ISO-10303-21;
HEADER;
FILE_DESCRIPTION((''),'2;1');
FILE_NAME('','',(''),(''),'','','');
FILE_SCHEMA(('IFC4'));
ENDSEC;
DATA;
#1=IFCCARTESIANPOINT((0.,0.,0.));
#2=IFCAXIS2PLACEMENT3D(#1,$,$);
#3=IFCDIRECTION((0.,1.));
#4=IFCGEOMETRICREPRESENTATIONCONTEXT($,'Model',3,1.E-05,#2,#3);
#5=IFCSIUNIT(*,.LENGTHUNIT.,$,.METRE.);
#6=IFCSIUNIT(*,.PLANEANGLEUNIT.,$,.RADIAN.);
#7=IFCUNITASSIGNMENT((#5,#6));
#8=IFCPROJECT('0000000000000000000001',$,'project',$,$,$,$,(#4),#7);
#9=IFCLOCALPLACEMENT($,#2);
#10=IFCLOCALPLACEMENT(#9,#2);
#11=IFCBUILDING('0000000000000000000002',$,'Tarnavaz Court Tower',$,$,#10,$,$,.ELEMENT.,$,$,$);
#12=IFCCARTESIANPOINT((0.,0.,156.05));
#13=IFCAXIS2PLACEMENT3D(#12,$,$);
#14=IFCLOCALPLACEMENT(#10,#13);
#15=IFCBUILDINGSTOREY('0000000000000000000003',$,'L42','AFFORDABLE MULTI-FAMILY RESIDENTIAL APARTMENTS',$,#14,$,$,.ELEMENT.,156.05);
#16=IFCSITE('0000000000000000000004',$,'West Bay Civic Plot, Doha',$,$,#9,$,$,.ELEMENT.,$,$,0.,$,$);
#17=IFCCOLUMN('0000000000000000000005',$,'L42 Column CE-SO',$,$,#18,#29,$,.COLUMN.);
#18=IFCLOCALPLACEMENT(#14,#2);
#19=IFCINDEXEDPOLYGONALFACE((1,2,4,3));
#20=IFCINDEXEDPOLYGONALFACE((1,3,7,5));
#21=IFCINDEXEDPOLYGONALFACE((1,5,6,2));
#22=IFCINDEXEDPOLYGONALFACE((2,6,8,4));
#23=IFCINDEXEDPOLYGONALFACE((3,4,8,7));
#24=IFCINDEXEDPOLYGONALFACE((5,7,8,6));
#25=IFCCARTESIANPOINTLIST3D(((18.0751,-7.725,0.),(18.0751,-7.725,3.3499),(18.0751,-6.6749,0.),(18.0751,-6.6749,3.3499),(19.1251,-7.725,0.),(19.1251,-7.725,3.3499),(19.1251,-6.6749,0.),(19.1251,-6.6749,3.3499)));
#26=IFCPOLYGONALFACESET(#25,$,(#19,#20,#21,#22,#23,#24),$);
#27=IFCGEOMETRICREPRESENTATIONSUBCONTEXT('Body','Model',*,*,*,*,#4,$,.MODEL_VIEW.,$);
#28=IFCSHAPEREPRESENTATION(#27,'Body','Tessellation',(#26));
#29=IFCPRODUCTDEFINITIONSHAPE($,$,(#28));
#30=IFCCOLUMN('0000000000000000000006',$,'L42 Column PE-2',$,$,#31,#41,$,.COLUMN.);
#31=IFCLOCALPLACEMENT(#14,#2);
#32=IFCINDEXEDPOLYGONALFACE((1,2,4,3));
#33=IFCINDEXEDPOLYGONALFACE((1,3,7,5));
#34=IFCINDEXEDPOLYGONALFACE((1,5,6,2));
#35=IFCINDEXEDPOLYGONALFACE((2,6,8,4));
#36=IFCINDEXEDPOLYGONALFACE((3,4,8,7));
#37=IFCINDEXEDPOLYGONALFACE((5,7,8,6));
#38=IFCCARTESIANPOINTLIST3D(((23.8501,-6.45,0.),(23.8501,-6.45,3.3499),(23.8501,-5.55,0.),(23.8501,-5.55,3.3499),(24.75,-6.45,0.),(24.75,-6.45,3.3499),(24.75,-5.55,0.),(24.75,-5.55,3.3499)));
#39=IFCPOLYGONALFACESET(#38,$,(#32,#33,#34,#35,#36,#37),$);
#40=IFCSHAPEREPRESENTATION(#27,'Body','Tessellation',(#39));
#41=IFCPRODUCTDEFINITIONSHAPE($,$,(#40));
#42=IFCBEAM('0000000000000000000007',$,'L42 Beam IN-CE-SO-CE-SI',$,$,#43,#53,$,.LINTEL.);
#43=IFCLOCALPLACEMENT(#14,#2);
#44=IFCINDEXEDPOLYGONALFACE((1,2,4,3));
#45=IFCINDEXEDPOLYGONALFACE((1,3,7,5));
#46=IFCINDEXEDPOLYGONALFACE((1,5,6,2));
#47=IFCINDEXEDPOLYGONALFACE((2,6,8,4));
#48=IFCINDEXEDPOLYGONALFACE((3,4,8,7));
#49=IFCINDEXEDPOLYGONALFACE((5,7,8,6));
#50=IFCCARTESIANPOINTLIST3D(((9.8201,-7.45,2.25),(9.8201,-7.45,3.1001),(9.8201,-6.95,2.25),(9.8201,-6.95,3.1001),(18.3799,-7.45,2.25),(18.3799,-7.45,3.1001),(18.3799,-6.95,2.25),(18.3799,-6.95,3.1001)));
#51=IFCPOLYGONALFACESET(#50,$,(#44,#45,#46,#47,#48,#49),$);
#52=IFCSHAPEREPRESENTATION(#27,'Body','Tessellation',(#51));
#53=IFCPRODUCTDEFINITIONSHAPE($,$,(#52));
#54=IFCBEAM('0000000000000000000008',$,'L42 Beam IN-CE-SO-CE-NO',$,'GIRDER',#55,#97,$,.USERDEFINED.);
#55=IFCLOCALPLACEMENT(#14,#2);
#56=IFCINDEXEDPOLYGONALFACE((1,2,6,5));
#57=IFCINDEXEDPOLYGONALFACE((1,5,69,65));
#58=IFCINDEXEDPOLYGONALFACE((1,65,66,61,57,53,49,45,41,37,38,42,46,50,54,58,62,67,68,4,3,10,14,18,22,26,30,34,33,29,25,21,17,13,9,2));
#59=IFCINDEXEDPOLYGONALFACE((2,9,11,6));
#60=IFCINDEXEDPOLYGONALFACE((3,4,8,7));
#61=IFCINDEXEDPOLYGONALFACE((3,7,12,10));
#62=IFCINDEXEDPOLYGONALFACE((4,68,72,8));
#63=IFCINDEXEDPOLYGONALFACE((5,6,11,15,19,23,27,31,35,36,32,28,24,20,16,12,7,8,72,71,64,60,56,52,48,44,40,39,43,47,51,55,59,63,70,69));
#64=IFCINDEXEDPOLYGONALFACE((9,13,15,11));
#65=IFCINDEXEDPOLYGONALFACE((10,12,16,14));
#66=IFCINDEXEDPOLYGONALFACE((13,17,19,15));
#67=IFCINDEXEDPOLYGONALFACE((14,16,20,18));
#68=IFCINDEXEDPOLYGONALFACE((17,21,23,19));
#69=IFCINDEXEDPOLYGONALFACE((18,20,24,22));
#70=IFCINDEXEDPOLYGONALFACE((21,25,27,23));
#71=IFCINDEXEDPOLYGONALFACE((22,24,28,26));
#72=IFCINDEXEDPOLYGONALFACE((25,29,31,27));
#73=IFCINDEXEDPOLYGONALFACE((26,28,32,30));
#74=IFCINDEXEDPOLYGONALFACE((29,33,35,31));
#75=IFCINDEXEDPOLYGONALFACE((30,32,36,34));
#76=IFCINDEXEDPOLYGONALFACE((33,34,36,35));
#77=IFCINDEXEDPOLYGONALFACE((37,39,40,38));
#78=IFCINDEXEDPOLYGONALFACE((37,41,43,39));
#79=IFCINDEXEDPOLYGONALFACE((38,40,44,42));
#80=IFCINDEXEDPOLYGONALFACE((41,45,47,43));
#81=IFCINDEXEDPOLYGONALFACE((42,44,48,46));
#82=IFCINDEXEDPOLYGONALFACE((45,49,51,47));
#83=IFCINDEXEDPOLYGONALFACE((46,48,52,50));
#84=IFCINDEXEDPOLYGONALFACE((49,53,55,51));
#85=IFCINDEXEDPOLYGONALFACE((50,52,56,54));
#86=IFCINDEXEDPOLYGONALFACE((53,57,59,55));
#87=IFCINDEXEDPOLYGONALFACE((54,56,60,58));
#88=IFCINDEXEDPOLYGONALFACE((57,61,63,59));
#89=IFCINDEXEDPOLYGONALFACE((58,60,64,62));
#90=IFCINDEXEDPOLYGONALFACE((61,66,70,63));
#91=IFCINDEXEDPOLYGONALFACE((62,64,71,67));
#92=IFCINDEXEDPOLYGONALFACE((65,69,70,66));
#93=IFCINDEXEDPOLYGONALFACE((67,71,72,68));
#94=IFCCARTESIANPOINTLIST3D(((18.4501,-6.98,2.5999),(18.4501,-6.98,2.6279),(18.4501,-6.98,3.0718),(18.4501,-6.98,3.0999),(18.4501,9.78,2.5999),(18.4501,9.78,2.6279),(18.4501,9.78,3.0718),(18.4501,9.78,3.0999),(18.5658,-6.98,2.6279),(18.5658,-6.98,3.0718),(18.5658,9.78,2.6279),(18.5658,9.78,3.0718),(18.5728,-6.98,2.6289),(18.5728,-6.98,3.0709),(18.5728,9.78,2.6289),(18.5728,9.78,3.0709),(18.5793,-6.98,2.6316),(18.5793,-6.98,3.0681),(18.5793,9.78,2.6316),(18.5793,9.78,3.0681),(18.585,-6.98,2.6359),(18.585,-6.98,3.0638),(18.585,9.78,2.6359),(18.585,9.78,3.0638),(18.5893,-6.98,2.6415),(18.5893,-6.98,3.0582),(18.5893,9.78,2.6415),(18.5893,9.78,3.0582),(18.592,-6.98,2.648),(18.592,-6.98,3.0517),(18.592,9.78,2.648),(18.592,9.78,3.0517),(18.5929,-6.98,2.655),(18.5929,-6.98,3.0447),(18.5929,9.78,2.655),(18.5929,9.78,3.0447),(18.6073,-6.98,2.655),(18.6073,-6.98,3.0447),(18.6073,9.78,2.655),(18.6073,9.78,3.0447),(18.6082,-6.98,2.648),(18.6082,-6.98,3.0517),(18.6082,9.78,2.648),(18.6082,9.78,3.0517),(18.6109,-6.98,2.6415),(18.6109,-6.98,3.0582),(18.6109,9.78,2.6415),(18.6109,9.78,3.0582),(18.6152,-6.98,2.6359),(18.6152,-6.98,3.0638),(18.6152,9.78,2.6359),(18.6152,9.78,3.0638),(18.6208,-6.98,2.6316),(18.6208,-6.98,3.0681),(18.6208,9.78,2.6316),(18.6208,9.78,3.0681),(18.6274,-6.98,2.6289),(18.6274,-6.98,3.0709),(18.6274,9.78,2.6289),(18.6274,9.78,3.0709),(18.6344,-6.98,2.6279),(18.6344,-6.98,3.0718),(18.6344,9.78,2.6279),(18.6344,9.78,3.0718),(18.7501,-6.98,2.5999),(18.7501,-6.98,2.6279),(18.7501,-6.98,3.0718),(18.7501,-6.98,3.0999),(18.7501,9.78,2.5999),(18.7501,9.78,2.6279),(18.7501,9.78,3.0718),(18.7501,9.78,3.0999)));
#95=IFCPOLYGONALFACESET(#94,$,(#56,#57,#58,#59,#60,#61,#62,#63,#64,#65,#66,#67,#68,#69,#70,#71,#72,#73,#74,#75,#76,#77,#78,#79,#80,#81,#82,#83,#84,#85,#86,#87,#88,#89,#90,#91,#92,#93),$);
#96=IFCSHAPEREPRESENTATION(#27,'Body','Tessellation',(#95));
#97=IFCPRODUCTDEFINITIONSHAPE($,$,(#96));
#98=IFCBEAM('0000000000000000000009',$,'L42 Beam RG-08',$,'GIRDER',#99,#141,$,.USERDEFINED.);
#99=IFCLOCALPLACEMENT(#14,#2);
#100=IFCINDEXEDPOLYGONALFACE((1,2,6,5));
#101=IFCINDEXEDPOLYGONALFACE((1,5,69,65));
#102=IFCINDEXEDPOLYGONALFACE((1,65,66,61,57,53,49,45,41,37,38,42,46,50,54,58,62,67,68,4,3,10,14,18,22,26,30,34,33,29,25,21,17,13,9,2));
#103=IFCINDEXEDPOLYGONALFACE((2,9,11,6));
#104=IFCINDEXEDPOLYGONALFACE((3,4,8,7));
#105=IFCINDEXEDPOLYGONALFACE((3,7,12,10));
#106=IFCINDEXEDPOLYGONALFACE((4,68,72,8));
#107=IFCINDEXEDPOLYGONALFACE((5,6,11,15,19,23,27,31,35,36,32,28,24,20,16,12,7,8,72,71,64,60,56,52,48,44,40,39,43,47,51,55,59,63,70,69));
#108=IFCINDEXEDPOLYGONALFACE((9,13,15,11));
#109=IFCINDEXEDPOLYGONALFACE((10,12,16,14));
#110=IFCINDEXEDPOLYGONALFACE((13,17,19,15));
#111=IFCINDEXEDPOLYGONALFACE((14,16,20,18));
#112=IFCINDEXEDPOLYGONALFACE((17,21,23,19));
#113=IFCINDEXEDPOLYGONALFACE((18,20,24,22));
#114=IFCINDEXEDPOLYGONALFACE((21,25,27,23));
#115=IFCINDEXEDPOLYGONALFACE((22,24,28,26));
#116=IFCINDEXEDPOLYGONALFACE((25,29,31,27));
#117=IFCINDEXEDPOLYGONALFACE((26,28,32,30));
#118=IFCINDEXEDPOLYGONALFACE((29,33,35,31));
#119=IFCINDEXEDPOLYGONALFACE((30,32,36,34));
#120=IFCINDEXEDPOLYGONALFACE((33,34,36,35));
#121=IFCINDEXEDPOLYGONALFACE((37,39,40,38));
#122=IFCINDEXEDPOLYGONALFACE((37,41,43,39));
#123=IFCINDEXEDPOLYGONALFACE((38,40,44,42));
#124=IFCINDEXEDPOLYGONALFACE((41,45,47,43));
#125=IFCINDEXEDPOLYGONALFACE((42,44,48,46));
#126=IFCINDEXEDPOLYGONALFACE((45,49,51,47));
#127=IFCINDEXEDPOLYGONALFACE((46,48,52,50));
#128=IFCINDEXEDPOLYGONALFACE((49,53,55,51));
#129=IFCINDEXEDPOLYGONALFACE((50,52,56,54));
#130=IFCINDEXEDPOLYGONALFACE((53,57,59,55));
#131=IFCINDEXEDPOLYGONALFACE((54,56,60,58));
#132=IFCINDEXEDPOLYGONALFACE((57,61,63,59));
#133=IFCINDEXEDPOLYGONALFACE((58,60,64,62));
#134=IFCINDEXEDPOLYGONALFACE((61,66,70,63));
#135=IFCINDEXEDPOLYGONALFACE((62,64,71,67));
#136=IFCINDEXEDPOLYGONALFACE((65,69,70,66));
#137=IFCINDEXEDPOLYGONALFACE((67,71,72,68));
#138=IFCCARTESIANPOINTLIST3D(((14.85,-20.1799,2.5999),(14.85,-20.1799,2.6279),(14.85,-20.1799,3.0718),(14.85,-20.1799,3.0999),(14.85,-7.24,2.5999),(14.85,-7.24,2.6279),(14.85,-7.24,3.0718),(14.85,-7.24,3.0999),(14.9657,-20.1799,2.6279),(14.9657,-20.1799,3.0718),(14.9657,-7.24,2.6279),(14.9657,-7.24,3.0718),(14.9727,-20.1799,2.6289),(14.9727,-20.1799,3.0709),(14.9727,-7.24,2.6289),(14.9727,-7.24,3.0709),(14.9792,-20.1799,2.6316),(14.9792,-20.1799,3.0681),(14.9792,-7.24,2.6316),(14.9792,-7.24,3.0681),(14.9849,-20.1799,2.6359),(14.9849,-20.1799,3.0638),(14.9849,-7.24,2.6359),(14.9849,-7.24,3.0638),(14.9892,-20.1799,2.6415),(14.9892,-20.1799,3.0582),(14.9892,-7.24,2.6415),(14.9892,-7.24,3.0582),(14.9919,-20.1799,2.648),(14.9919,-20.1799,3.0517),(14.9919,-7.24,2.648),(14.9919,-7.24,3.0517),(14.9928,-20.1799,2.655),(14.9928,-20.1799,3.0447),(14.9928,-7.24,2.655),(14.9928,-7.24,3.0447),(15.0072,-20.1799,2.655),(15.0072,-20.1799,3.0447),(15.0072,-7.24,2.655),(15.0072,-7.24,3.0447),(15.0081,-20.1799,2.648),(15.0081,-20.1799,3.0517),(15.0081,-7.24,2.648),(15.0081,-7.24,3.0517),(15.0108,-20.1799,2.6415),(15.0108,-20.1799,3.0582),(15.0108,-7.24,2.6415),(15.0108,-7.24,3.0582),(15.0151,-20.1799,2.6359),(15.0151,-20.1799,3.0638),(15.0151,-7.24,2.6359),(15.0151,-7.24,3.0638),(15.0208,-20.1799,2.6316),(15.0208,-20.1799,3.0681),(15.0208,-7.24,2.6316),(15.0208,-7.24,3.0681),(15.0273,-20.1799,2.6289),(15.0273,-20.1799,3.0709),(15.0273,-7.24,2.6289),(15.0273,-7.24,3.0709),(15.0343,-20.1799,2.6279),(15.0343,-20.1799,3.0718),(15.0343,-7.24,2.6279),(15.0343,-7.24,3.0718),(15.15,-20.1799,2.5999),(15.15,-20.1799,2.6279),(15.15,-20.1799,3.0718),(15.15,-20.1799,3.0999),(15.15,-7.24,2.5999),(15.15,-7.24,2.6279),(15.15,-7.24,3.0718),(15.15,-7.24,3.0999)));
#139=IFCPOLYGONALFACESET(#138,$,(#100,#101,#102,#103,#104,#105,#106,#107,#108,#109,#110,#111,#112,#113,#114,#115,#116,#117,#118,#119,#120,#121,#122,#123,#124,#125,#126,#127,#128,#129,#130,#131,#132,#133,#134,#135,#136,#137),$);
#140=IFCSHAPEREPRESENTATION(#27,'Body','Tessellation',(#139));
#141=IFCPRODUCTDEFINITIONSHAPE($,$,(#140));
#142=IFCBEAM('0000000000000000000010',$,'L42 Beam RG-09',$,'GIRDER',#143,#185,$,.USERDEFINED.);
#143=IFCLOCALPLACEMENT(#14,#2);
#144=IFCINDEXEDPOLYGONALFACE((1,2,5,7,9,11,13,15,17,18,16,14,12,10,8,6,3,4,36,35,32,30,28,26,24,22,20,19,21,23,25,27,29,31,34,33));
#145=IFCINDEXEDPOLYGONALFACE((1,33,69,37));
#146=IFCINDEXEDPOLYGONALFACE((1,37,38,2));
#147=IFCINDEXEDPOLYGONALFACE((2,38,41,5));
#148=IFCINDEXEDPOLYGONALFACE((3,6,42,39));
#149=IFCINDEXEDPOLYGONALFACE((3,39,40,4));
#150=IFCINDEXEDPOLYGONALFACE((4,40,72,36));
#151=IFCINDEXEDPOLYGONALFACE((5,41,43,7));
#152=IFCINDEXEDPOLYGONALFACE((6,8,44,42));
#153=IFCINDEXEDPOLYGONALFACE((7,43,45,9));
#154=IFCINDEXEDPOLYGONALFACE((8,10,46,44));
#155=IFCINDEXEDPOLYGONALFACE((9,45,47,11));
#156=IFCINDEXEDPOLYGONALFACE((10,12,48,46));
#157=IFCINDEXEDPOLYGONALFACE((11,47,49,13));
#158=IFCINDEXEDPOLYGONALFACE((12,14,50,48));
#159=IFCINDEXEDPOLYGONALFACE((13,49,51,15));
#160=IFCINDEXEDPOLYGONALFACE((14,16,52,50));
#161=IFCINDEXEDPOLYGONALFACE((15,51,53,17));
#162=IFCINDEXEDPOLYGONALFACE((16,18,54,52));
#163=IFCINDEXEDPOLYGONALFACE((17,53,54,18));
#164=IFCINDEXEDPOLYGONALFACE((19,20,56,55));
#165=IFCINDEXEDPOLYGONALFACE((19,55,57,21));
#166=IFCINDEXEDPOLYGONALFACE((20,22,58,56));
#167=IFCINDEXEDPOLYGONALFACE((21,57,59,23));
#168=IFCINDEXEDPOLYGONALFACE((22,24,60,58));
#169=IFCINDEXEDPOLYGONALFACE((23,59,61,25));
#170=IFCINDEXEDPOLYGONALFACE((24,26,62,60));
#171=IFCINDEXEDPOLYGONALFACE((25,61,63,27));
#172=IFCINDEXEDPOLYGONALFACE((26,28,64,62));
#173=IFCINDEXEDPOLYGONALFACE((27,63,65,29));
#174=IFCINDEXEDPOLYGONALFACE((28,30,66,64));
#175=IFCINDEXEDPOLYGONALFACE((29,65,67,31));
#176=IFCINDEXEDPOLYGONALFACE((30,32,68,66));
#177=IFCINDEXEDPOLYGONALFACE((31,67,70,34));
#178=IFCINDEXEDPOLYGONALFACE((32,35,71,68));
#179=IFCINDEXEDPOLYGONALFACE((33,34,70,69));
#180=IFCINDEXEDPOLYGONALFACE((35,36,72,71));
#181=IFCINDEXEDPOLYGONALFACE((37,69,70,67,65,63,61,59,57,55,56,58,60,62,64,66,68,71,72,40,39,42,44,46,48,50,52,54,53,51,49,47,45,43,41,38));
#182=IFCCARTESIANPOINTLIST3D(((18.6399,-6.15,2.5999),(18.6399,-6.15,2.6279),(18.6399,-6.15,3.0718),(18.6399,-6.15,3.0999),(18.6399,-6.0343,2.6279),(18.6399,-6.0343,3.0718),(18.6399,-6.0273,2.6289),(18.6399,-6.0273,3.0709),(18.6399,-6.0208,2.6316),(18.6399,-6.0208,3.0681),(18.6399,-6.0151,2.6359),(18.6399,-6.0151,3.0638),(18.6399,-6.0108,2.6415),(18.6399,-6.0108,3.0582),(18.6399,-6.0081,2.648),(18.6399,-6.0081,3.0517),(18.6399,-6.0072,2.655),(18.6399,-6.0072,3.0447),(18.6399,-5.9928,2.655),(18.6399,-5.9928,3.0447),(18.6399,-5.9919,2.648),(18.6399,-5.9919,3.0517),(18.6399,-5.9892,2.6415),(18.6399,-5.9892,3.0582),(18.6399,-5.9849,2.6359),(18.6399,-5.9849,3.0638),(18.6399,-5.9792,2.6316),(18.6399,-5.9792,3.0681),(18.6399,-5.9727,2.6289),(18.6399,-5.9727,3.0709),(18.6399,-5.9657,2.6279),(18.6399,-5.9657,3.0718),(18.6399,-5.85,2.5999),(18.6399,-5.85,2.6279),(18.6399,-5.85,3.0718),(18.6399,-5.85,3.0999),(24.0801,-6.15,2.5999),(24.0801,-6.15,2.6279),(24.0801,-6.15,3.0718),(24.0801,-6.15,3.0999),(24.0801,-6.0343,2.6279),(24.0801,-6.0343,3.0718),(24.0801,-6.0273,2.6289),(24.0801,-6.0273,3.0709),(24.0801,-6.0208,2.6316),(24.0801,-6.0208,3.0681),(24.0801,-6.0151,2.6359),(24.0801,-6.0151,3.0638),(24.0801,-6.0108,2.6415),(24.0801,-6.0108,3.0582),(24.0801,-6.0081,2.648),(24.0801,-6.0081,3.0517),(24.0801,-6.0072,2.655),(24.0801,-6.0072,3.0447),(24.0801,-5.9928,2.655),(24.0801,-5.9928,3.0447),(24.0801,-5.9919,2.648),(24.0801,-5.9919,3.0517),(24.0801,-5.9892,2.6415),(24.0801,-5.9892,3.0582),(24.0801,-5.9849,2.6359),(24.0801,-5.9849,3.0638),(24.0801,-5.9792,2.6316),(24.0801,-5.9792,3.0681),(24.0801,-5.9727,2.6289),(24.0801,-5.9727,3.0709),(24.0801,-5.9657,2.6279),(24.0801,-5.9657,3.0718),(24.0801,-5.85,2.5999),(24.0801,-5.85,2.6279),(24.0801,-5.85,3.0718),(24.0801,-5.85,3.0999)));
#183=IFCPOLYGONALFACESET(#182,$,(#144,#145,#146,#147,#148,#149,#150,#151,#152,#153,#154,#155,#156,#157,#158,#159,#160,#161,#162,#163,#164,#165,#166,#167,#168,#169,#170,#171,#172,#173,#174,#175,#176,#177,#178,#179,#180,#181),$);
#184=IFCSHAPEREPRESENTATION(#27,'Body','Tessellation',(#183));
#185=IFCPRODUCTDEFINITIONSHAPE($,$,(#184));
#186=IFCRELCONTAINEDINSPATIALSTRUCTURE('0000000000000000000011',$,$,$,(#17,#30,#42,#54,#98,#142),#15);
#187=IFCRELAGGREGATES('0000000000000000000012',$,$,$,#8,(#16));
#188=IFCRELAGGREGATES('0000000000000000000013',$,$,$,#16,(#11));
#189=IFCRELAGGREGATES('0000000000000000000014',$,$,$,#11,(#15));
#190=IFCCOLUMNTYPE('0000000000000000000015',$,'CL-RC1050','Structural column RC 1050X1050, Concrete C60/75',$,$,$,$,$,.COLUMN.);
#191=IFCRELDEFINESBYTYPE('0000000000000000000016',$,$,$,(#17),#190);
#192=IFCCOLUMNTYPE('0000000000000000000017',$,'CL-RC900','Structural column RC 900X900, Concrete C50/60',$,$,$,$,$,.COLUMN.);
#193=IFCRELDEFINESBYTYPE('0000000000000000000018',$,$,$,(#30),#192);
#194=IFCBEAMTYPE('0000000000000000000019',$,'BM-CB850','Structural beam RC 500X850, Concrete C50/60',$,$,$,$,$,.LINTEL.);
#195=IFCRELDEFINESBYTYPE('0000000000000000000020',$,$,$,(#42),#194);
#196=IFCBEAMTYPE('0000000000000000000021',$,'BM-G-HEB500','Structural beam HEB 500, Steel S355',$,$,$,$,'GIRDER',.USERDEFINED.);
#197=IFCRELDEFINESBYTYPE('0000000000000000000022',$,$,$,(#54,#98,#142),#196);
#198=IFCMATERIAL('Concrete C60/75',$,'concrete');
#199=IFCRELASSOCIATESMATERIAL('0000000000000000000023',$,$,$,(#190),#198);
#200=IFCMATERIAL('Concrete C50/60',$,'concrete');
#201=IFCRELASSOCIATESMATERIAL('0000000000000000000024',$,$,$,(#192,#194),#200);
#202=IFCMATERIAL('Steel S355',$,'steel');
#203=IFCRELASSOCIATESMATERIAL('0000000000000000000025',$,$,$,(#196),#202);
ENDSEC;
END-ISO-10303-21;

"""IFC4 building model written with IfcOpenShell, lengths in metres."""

from ifc_helpers import new_model, si_unit, direction, frame, origin, origin_2d, place, context, subcontext, project, spatial, rectangle, i_section, extrude, material, material_profile, profile_set, type_object, element, save


model = new_model("IFC4")

# Units and contexts
model_context = context("Model", 3, precision=1e-05, world=origin(), true_north=direction((0.0, 1.0)))
body_context = subcontext(model_context, "Body", "Model", "MODEL_VIEW")
ifc_project = project(units=[si_unit("LENGTHUNIT", "METRE"), si_unit("PLANEANGLEUNIT", "RADIAN")], contexts=[model_context])

# Site, building, storey
site_placement = place(None, origin())
site = spatial("IfcSite", under=ifc_project, at=site_placement, Name="West Bay Civic Plot, Doha", CompositionType="ELEMENT", RefElevation=0.0)
building_placement = place(site_placement, origin())
building = spatial("IfcBuilding", under=site, at=building_placement, Name="Tarnavaz Court Tower", CompositionType="ELEMENT")
storey_placement = place(building_placement, frame((0.0, 0.0, 156.05)))
storey = spatial("IfcBuildingStorey", under=building, at=storey_placement, Name="L42", Description="AFFORDABLE MULTI-FAMILY RESIDENTIAL APARTMENTS", CompositionType="ELEMENT", Elevation=156.05)

# Columns
ifc_material_1 = material(Name="Concrete C60/75", Category="concrete")
ifc_material_profile_1 = material_profile(ifc_material_1, rectangle(XDim=1.05, YDim=1.05, at=origin_2d()), Name="RC 1050X1050")
ifc_profile_set_1 = profile_set([ifc_material_profile_1], Name="Concrete C60/75")
column_type_1 = type_object("IfcColumnType", Name="CL-RC1050", Description="Structural column RC 1050X1050, Concrete C60/75", PredefinedType="COLUMN", material=ifc_profile_set_1)
column_1_placement = place(storey_placement, frame((18.6001, -7.2, 0.0), z_axis=(0.0, 0.0, 1.0), x_axis=(1.0, 0.0, 0.0)))
element("IfcColumn", 1, at=column_1_placement, inside=storey, type_object=column_type_1, Name="L42 Column CE-SO", PredefinedType="COLUMN", context=body_context, shape_type="SweptSolid", body=[
    extrude(rectangle(XDim=1.05, YDim=1.05, at=origin_2d()), origin(), (0.0, 0.0, 1.0), 3.3499),
])
ifc_material_2 = material(Name="Concrete C50/60", Category="concrete")
ifc_material_profile_2 = material_profile(ifc_material_2, rectangle(XDim=0.8999, YDim=0.8999, at=origin_2d()), Name="RC 900X900")
ifc_profile_set_2 = profile_set([ifc_material_profile_2], Name="Concrete C50/60")
column_type_2 = type_object("IfcColumnType", Name="CL-RC900", Description="Structural column RC 900X900, Concrete C50/60", PredefinedType="COLUMN", material=ifc_profile_set_2)
column_2_placement = place(storey_placement, frame((24.3, -6.0, 0.0), z_axis=(0.0, 0.0, 1.0), x_axis=(1.0, 0.0, 0.0)))
element("IfcColumn", 2, at=column_2_placement, inside=storey, type_object=column_type_2, Name="L42 Column PE-2", PredefinedType="COLUMN", context=body_context, shape_type="SweptSolid", body=[
    extrude(rectangle(XDim=0.8999, YDim=0.8999, at=origin_2d()), origin(), (0.0, 0.0, 1.0), 3.3499),
])

# Beams
ifc_material_profile_3 = material_profile(ifc_material_2, rectangle(XDim=0.5, YDim=0.8501, at=origin_2d()), Name="RC 500X850")
ifc_profile_set_3 = profile_set([ifc_material_profile_3], Name="Concrete C50/60")
beam_type_1 = type_object("IfcBeamType", Name="BM-CB850", Description="Structural beam RC 500X850, Concrete C50/60", PredefinedType="LINTEL", material=ifc_profile_set_3)
beam_1_placement = place(storey_placement, frame((18.3799, -7.2, 2.675), z_axis=(-1.0, 0.0, 0.0), x_axis=(0.0, -1.0, 0.0)))
element("IfcBeam", 3, at=beam_1_placement, inside=storey, type_object=beam_type_1, Name="L42 Beam IN-CE-SO-CE-SI", PredefinedType="LINTEL", context=body_context, shape_type="SweptSolid", body=[
    extrude(rectangle(XDim=0.5, YDim=0.8501, at=origin_2d()), origin(), (0.0, 0.0, 1.0), 8.5598),
])
ifc_material_3 = material(Name="Steel S355", Category="steel")
ifc_material_profile_4 = material_profile(ifc_material_3, i_section(OverallWidth=0.3, OverallDepth=0.5, WebThickness=0.0144, FlangeThickness=0.0281, FilletRadius=0.0271, at=origin_2d()), Name="HEB 500")
ifc_profile_set_4 = profile_set([ifc_material_profile_4], Name="Steel S355")
beam_type_2 = type_object("IfcBeamType", Name="BM-G-HEB500", Description="Structural beam HEB 500, Steel S355", ElementType="GIRDER", PredefinedType="USERDEFINED", material=ifc_profile_set_4)
beam_2_placement = place(storey_placement, frame((18.6001, -6.98, 2.8499), z_axis=(0.0, 1.0, 0.0), x_axis=(-1.0, 0.0, 0.0)))
element("IfcBeam", 4, at=beam_2_placement, inside=storey, type_object=beam_type_2, Name="L42 Beam IN-CE-SO-CE-NO", ObjectType="GIRDER", PredefinedType="USERDEFINED", context=body_context, shape_type="SweptSolid", body=[
    extrude(i_section(OverallWidth=0.3, OverallDepth=0.5, WebThickness=0.0144, FlangeThickness=0.0281, FilletRadius=0.0271, at=origin_2d()), origin(), (0.0, 0.0, 1.0), 16.76),
])
beam_3_placement = place(storey_placement, frame((15.0, -7.24, 2.8499), z_axis=(0.0, -1.0, 0.0), x_axis=(1.0, 0.0, 0.0)))
element("IfcBeam", 5, at=beam_3_placement, inside=storey, type_object=beam_type_2, Name="L42 Beam RG-08", ObjectType="GIRDER", PredefinedType="USERDEFINED", context=body_context, shape_type="SweptSolid", body=[
    extrude(i_section(OverallWidth=0.3, OverallDepth=0.5, WebThickness=0.0144, FlangeThickness=0.0281, FilletRadius=0.0271, at=origin_2d()), origin(), (0.0, 0.0, 1.0), 12.9399),
])
beam_4_placement = place(storey_placement, frame((18.6399, -6.0, 2.8499), z_axis=(1.0, 0.0, 0.0), x_axis=(0.0, 1.0, 0.0)))
element("IfcBeam", 6, at=beam_4_placement, inside=storey, type_object=beam_type_2, Name="L42 Beam RG-09", ObjectType="GIRDER", PredefinedType="USERDEFINED", context=body_context, shape_type="SweptSolid", body=[
    extrude(i_section(OverallWidth=0.3, OverallDepth=0.5, WebThickness=0.0144, FlangeThickness=0.0281, FilletRadius=0.0271, at=origin_2d()), origin(), (0.0, 0.0, 1.0), 5.4402),
])

save(model, "model.ifc")
